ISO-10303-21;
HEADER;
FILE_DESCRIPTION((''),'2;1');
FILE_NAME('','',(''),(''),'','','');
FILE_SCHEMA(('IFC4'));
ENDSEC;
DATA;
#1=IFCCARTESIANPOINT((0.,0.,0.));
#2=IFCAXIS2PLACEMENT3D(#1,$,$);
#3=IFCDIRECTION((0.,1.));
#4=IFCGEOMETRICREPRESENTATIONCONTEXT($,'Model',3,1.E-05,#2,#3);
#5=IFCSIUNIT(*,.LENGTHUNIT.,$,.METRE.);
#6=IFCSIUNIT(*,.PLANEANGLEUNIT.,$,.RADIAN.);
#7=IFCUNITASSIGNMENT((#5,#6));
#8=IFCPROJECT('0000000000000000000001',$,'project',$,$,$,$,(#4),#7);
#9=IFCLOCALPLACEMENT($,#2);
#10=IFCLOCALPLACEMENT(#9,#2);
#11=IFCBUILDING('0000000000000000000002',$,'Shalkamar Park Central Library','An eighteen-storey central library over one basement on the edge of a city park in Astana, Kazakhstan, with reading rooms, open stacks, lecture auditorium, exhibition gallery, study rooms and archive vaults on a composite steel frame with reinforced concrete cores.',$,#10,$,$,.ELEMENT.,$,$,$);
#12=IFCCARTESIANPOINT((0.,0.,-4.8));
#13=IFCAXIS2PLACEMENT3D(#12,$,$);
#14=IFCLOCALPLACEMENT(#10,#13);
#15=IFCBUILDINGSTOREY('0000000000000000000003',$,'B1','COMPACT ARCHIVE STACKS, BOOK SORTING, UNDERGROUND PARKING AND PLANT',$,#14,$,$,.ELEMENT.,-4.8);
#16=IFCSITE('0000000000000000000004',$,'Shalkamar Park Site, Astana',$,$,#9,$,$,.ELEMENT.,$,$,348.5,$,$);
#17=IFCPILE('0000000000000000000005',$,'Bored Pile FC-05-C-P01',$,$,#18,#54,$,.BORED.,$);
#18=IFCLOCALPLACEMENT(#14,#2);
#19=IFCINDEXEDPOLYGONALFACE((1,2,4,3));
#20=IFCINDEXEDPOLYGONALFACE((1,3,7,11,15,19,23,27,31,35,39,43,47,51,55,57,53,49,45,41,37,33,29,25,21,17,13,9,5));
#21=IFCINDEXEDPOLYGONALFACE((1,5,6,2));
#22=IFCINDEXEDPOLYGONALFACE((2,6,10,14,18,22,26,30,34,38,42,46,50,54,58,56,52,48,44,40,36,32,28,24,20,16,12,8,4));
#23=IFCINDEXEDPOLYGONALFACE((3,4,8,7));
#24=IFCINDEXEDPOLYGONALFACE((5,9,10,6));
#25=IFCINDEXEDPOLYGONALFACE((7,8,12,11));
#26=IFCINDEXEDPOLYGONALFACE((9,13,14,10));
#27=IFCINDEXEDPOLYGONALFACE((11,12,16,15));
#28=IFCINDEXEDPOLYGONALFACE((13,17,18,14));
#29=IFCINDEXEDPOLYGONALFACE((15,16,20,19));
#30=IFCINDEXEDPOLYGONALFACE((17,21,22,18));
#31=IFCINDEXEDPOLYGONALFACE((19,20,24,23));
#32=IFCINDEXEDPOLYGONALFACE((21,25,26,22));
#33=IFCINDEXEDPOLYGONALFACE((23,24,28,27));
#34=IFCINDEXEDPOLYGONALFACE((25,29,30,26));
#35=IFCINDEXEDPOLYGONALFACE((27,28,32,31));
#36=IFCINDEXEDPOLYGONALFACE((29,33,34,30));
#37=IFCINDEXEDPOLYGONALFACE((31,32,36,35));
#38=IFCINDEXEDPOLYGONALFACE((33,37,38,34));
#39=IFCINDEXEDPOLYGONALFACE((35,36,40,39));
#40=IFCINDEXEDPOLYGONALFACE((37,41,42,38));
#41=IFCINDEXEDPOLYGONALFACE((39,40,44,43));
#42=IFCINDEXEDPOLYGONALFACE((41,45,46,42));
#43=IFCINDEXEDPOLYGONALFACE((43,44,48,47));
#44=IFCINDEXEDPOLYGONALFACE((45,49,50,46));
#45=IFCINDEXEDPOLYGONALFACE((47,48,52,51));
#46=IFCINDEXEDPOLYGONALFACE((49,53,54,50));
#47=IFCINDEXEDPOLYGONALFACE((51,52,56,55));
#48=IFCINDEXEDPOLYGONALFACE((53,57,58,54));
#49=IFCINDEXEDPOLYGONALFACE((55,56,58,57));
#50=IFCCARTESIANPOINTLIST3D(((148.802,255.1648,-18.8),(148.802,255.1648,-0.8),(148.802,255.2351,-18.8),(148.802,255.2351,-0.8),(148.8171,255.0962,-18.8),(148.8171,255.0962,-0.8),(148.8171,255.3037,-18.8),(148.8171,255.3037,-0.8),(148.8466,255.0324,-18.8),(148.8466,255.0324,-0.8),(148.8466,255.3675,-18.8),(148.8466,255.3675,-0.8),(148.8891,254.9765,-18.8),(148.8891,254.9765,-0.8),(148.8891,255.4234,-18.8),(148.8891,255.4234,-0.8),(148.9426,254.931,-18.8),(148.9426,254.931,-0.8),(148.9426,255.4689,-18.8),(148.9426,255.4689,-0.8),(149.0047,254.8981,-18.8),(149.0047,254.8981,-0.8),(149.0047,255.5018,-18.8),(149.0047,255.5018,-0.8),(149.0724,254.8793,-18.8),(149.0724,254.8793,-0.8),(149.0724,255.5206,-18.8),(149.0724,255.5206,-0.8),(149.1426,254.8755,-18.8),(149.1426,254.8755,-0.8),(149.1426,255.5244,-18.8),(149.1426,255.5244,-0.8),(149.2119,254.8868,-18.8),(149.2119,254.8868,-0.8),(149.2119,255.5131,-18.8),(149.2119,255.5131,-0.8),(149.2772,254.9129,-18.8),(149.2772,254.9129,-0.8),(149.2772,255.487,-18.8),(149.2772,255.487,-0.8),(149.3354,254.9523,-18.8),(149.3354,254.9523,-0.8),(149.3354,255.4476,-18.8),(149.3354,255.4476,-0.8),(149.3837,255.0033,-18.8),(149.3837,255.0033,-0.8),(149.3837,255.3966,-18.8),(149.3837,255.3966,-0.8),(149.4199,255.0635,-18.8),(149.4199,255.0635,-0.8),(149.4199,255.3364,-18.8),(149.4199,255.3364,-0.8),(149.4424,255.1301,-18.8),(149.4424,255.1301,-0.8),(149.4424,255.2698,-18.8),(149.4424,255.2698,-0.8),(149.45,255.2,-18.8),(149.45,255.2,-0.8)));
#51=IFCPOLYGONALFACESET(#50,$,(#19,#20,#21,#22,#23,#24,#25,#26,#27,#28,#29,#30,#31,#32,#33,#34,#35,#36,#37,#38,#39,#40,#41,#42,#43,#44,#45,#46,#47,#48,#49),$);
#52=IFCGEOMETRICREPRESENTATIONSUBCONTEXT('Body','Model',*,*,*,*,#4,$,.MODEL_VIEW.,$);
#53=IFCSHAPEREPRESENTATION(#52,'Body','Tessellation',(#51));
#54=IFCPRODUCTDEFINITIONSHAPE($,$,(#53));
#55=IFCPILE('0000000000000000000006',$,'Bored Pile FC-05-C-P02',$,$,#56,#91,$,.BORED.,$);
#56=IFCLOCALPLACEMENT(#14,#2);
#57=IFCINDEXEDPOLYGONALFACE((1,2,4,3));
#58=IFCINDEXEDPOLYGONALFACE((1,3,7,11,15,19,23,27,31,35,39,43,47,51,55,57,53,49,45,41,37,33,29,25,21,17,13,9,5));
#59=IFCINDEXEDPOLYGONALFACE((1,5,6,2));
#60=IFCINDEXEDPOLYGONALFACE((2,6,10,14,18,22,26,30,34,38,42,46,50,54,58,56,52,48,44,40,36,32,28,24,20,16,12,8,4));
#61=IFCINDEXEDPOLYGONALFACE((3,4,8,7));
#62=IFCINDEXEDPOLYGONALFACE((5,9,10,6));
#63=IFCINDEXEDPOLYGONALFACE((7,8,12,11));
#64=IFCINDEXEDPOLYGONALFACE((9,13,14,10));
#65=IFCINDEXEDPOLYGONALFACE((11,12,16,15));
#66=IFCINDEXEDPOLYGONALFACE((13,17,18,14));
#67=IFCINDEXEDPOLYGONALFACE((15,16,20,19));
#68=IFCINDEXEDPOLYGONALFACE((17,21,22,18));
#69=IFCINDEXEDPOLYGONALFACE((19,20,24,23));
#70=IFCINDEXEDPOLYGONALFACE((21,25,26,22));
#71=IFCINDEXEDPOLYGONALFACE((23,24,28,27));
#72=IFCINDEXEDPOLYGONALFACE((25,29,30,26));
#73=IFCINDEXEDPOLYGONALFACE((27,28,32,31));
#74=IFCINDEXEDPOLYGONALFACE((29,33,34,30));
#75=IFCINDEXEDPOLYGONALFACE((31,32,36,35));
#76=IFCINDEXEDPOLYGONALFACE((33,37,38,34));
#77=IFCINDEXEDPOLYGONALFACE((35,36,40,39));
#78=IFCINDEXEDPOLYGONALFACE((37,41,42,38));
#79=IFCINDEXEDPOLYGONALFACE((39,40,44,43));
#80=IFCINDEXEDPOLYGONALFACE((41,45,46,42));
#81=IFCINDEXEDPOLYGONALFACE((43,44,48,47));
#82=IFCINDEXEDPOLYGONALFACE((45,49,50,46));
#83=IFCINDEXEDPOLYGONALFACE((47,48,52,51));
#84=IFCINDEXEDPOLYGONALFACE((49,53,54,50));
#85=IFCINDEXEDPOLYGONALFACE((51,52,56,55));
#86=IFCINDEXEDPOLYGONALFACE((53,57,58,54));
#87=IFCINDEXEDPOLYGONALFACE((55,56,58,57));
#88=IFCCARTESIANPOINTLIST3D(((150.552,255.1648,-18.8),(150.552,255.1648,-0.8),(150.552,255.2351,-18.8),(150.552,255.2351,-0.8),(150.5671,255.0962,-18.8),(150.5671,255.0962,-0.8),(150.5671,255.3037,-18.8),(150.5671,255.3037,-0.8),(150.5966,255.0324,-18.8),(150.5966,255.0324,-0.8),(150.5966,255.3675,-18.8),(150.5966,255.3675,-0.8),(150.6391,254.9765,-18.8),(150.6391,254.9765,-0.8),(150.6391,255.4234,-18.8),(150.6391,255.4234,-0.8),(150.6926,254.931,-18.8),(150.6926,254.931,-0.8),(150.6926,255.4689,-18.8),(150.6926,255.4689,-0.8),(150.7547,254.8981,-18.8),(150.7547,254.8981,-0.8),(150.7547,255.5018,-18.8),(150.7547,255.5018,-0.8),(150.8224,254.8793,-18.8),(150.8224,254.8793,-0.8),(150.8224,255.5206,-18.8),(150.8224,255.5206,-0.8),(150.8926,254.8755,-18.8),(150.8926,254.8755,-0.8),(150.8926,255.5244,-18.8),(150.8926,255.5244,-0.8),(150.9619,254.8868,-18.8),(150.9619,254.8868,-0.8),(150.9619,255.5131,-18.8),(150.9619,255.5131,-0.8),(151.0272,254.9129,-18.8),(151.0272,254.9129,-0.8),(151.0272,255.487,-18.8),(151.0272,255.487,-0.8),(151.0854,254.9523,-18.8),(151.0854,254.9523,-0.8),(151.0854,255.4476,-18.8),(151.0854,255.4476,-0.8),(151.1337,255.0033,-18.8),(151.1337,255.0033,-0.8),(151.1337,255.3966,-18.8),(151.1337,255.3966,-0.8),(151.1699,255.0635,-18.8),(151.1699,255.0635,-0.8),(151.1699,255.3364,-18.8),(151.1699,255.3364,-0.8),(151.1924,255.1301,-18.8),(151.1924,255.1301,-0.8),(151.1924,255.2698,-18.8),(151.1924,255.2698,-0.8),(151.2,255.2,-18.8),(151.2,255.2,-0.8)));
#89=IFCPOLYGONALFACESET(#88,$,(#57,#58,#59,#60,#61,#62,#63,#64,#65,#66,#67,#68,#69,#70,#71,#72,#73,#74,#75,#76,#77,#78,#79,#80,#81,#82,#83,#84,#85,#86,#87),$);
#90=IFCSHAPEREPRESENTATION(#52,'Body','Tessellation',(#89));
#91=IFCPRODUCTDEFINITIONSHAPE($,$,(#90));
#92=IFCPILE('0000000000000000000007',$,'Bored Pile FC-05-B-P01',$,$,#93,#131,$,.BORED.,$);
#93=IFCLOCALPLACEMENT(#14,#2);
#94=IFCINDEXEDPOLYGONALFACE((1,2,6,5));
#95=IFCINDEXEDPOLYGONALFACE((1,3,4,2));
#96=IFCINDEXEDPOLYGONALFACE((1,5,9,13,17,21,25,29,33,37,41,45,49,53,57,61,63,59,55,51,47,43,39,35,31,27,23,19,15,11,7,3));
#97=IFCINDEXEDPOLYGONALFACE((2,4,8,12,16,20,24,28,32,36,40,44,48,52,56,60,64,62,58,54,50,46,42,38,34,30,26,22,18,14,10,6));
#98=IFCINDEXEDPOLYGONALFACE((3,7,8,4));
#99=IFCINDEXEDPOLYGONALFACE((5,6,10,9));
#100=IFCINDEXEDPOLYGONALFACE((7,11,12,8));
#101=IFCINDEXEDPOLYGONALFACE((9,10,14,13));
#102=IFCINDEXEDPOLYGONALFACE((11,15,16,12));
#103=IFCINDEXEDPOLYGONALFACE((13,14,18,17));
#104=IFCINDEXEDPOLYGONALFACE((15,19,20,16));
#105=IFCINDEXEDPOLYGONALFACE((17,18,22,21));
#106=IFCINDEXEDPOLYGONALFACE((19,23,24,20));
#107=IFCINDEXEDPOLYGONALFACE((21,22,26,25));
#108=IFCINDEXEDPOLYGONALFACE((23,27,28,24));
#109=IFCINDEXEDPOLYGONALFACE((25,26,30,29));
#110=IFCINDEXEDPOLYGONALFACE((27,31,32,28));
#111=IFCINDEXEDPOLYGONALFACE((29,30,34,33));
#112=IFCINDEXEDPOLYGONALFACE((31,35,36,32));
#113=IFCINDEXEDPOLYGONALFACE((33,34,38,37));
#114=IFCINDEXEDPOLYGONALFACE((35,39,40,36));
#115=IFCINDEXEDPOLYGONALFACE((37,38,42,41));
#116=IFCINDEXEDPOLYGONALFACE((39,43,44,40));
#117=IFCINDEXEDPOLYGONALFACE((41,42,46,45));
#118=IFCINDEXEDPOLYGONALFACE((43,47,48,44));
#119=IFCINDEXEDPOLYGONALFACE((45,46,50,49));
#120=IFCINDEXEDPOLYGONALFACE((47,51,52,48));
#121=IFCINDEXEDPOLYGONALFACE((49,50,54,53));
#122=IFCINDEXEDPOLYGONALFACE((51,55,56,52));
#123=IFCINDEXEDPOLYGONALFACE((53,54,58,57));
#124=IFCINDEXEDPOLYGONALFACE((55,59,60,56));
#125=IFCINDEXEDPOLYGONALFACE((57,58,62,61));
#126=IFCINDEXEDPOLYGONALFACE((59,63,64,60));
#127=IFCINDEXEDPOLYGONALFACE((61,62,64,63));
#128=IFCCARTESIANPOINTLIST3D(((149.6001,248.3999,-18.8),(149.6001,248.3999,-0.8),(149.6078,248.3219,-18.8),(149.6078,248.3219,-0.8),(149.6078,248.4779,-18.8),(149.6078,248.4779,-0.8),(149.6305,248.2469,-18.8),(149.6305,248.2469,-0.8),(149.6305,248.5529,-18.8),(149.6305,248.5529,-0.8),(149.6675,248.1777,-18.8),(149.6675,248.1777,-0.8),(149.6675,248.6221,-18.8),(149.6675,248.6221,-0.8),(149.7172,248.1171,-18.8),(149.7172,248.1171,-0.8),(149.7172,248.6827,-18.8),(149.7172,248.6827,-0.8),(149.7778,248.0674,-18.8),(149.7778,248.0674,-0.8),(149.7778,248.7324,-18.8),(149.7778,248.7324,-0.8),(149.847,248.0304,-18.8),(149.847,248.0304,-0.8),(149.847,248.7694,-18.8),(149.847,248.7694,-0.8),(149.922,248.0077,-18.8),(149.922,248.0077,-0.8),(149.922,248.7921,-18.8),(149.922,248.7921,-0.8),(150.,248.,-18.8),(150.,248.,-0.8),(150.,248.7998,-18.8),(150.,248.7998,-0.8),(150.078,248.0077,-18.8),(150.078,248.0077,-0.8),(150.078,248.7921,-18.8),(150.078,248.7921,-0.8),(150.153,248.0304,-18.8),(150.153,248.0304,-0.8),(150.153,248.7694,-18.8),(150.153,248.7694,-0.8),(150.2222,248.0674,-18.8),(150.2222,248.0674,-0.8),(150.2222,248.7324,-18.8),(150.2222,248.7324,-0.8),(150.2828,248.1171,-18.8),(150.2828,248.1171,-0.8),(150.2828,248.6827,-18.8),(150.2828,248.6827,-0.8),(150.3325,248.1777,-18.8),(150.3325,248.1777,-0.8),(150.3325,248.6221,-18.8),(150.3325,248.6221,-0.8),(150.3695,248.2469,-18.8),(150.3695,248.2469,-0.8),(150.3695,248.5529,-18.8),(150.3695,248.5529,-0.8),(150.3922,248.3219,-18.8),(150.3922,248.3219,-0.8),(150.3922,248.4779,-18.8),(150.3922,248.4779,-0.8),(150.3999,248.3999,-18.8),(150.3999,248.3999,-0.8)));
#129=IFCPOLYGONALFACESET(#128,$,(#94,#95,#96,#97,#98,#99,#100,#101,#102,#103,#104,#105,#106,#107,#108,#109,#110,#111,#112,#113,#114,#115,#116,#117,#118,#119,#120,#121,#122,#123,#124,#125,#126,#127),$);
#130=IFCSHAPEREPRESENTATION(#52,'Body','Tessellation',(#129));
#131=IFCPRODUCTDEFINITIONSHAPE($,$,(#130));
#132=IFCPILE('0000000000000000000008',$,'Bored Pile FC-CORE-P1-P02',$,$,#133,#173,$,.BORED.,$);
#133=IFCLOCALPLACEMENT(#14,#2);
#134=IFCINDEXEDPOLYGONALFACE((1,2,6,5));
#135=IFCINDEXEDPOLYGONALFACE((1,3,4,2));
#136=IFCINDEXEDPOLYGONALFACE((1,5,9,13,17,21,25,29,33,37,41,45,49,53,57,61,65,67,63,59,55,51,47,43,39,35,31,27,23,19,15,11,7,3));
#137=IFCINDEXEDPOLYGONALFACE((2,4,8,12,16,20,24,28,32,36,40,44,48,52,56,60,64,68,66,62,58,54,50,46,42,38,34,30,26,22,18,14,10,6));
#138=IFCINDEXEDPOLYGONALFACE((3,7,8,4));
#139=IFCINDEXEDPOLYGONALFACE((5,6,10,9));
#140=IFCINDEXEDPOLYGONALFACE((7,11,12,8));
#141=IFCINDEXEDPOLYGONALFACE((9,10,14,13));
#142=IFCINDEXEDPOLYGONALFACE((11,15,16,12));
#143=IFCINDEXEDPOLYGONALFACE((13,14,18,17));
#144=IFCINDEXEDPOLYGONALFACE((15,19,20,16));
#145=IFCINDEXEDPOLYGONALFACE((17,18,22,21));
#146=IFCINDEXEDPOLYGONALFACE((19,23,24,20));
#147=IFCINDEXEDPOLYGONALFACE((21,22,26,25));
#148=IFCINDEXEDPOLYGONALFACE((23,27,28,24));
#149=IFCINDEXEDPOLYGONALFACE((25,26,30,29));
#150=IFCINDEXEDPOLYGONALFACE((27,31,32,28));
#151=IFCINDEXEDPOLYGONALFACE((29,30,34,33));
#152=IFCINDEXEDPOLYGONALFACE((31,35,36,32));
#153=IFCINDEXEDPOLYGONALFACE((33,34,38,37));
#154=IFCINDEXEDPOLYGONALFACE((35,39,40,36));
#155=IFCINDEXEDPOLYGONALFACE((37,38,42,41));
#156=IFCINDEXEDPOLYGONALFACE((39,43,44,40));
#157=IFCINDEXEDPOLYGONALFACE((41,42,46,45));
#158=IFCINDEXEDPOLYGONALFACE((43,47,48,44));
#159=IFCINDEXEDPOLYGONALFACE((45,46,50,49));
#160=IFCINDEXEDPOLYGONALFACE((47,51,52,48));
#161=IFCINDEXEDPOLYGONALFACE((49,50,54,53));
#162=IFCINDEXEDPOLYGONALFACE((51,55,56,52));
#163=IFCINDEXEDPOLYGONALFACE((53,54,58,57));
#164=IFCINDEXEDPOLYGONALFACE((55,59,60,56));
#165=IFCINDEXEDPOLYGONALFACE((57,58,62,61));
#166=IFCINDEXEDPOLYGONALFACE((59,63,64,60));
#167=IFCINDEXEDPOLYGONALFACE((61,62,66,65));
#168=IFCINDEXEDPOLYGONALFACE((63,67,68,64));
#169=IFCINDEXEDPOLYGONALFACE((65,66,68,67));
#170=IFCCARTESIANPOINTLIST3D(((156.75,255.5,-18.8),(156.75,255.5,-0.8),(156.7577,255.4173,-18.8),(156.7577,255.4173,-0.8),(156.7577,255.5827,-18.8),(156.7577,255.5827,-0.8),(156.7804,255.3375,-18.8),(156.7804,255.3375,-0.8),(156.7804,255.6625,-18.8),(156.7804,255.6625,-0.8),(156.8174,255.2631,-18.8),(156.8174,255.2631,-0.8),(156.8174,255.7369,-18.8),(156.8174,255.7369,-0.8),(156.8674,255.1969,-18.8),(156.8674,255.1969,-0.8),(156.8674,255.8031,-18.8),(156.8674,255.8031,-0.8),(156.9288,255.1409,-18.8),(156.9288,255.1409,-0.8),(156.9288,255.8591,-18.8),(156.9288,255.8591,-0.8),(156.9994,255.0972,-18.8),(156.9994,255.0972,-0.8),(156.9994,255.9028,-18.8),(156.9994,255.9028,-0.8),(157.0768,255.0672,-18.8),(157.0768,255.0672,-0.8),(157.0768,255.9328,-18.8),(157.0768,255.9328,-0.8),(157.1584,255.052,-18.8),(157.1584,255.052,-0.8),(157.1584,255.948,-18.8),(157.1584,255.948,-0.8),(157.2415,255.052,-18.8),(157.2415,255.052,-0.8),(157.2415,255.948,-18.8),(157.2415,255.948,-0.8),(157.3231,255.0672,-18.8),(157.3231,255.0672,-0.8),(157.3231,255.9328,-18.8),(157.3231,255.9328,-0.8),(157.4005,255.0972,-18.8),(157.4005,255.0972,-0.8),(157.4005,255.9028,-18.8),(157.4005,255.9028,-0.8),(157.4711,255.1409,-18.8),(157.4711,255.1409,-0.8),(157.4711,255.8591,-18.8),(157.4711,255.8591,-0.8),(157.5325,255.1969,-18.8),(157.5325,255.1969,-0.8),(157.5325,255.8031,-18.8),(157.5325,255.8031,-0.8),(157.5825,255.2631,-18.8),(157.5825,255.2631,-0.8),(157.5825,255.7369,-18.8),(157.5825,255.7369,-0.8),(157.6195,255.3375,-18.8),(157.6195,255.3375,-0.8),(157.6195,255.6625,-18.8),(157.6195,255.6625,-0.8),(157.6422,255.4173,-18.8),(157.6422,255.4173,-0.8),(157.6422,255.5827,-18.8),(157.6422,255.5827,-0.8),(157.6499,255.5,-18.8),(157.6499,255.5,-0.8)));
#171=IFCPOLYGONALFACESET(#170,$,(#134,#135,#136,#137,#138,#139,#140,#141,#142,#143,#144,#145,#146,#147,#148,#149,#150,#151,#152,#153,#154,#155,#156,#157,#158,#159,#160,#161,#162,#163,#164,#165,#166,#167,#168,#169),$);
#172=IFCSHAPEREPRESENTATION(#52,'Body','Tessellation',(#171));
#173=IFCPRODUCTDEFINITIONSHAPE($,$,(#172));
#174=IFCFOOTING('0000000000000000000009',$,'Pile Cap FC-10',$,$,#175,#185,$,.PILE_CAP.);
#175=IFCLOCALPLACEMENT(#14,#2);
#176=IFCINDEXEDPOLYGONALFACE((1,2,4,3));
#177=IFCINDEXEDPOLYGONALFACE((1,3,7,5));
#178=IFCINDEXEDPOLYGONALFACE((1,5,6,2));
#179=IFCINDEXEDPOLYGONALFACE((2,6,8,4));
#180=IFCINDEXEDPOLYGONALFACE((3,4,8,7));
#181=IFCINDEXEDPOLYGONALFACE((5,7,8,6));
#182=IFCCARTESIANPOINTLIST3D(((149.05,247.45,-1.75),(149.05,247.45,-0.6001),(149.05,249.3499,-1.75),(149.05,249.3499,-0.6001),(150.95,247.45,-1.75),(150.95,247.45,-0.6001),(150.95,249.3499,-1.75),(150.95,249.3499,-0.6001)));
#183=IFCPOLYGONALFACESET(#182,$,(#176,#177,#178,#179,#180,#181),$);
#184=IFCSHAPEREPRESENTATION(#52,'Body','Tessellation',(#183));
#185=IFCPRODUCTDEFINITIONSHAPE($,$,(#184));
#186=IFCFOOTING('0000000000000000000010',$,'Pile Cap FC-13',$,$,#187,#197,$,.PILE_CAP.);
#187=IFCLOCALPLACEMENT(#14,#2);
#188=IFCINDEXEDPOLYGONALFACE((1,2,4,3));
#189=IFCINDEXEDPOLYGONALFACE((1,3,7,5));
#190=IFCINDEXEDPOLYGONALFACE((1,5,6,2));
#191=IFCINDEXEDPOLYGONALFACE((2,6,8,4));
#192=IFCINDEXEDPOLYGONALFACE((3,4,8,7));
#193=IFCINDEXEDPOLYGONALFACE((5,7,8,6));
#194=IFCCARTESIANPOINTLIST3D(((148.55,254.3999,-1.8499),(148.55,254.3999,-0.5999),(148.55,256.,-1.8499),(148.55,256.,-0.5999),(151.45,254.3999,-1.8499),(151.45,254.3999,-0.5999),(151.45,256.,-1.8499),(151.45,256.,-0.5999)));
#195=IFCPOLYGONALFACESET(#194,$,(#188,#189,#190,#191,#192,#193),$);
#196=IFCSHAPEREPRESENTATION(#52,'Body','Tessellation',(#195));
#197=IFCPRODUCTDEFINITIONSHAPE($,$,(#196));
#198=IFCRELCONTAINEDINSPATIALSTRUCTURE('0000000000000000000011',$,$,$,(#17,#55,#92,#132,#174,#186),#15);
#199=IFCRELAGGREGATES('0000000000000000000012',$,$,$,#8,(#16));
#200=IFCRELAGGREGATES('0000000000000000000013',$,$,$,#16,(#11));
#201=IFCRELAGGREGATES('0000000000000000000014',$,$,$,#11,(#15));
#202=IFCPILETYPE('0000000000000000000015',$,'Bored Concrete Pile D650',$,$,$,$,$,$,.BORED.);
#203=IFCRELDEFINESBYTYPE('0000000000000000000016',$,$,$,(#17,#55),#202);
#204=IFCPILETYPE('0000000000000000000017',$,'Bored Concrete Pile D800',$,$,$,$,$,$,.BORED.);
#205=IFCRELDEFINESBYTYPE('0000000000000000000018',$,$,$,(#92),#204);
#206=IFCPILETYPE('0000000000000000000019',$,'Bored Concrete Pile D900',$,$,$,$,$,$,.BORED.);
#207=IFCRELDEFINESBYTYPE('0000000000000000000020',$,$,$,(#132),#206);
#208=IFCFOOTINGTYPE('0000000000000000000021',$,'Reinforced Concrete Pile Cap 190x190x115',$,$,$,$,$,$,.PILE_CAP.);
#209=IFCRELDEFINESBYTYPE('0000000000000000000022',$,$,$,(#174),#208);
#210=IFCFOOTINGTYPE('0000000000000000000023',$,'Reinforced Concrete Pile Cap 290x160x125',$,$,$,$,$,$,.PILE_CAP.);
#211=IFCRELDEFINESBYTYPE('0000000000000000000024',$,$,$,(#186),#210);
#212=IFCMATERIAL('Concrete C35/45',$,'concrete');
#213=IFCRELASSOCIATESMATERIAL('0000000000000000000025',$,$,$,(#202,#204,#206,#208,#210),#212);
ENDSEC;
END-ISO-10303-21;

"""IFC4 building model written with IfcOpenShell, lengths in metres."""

from ifc_helpers import new_model, si_unit, direction, frame, origin, origin_2d, place, context, subcontext, project, spatial, rectangle, circle, extrude, material, material_profile, profile_set, type_object, element, save


model = new_model("IFC4")

# Units and contexts
model_context = context("Model", 3, precision=1e-05, world=origin(), true_north=direction((0.0, 1.0)))
body_context = subcontext(model_context, "Body", "Model", "MODEL_VIEW")
ifc_project = project(units=[si_unit("LENGTHUNIT", "METRE"), si_unit("PLANEANGLEUNIT", "RADIAN")], contexts=[model_context])

# Site, building, storey
site_placement = place(None, origin())
site = spatial("IfcSite", under=ifc_project, at=site_placement, Name="Shalkamar Park Site, Astana", CompositionType="ELEMENT", RefElevation=348.5)
building_placement = place(site_placement, origin())
building = spatial("IfcBuilding", under=site, at=building_placement, Name="Shalkamar Park Central Library", Description="An eighteen-storey central library over one basement on the edge of a city park in Astana, Kazakhstan, with reading rooms, open stacks, lecture auditorium, exhibition gallery, study rooms and archive vaults on a composite steel frame with reinforced concrete cores.", CompositionType="ELEMENT")
storey_placement = place(building_placement, frame((0.0, 0.0, -4.8)))
storey = spatial("IfcBuildingStorey", under=building, at=storey_placement, Name="B1", Description="COMPACT ARCHIVE STACKS, BOOK SORTING, UNDERGROUND PARKING AND PLANT", CompositionType="ELEMENT", Elevation=-4.8)

# Piles
ifc_material_1 = material(Name="Concrete C35/45", Category="concrete")
ifc_material_profile_1 = material_profile(ifc_material_1, circle(Radius=0.325, at=origin_2d()), Name="PILE D650")
ifc_profile_set_1 = profile_set([ifc_material_profile_1], Name="Concrete C35/45")
pile_type_1 = type_object("IfcPileType", Name="Bored Concrete Pile D650", PredefinedType="BORED", material=ifc_profile_set_1)
for number, where, z_axis, x_axis, name in (
    (1, (149.125, 255.2, -0.8), (0.0, 0.0, -1.0), (1.0, 0.0, 0.0), "Bored Pile FC-05-C-P01"),
    (2, (150.875, 255.2, -0.8), (0.0, 0.0, -1.0), (1.0, 0.0, 0.0), "Bored Pile FC-05-C-P02"),
):
    element("IfcPile", number, at=place(storey_placement, frame(where, z_axis=z_axis, x_axis=x_axis)), inside=storey, type_object=pile_type_1, Name=name, PredefinedType="BORED", context=body_context, shape_type="SweptSolid", body=[
        extrude(circle(Radius=0.325, at=origin_2d()), origin(), (0.0, 0.0, 1.0), 18.0),
    ])
ifc_material_profile_2 = material_profile(ifc_material_1, circle(Radius=0.3999, at=origin_2d()), Name="PILE D800")
ifc_profile_set_2 = profile_set([ifc_material_profile_2], Name="Concrete C35/45")
pile_type_2 = type_object("IfcPileType", Name="Bored Concrete Pile D800", PredefinedType="BORED", material=ifc_profile_set_2)
pile_1_placement = place(storey_placement, frame((150.0, 248.3999, -0.8), z_axis=(0.0, 0.0, -1.0), x_axis=(1.0, 0.0, 0.0)))
element("IfcPile", 3, at=pile_1_placement, inside=storey, type_object=pile_type_2, Name="Bored Pile FC-05-B-P01", PredefinedType="BORED", context=body_context, shape_type="SweptSolid", body=[
    extrude(circle(Radius=0.3999, at=origin_2d()), origin(), (0.0, 0.0, 1.0), 18.0),
])
ifc_material_profile_3 = material_profile(ifc_material_1, circle(Radius=0.45, at=origin_2d()), Name="PILE D900")
ifc_profile_set_3 = profile_set([ifc_material_profile_3], Name="Concrete C35/45")
pile_type_3 = type_object("IfcPileType", Name="Bored Concrete Pile D900", PredefinedType="BORED", material=ifc_profile_set_3)
pile_2_placement = place(storey_placement, frame((157.2, 255.5, -0.8), z_axis=(0.0, 0.0, -1.0), x_axis=(1.0, 0.0, 0.0)))
element("IfcPile", 4, at=pile_2_placement, inside=storey, type_object=pile_type_3, Name="Bored Pile FC-CORE-P1-P02", PredefinedType="BORED", context=body_context, shape_type="SweptSolid", body=[
    extrude(circle(Radius=0.45, at=origin_2d()), origin(), (0.0, 0.0, 1.0), 18.0),
])

# Footings
footing_type_1 = type_object("IfcFootingType", Name="Reinforced Concrete Pile Cap 190x190x115", PredefinedType="PILE_CAP", material=ifc_material_1)
footing_1_placement = place(storey_placement, frame((150.0, 248.3999, -1.75), z_axis=(0.0, 0.0, 1.0), x_axis=(1.0, 0.0, 0.0)))
element("IfcFooting", 5, at=footing_1_placement, inside=storey, type_object=footing_type_1, Name="Pile Cap FC-10", PredefinedType="PILE_CAP", context=body_context, shape_type="SweptSolid", body=[
    extrude(rectangle(XDim=1.8999, YDim=1.8999, at=origin_2d()), origin(), (0.0, 0.0, 1.0), 1.1499),
])
footing_type_2 = type_object("IfcFootingType", Name="Reinforced Concrete Pile Cap 290x160x125", PredefinedType="PILE_CAP", material=ifc_material_1)
footing_2_placement = place(storey_placement, frame((150.0, 255.2, -1.8499), z_axis=(0.0, 0.0, 1.0), x_axis=(1.0, 0.0, 0.0)))
element("IfcFooting", 6, at=footing_2_placement, inside=storey, type_object=footing_type_2, Name="Pile Cap FC-13", PredefinedType="PILE_CAP", context=body_context, shape_type="SweptSolid", body=[
    extrude(rectangle(XDim=2.8999, YDim=1.6001, at=origin_2d()), origin(), (0.0, 0.0, 1.0), 1.25),
])

save(model, "model.ifc")
